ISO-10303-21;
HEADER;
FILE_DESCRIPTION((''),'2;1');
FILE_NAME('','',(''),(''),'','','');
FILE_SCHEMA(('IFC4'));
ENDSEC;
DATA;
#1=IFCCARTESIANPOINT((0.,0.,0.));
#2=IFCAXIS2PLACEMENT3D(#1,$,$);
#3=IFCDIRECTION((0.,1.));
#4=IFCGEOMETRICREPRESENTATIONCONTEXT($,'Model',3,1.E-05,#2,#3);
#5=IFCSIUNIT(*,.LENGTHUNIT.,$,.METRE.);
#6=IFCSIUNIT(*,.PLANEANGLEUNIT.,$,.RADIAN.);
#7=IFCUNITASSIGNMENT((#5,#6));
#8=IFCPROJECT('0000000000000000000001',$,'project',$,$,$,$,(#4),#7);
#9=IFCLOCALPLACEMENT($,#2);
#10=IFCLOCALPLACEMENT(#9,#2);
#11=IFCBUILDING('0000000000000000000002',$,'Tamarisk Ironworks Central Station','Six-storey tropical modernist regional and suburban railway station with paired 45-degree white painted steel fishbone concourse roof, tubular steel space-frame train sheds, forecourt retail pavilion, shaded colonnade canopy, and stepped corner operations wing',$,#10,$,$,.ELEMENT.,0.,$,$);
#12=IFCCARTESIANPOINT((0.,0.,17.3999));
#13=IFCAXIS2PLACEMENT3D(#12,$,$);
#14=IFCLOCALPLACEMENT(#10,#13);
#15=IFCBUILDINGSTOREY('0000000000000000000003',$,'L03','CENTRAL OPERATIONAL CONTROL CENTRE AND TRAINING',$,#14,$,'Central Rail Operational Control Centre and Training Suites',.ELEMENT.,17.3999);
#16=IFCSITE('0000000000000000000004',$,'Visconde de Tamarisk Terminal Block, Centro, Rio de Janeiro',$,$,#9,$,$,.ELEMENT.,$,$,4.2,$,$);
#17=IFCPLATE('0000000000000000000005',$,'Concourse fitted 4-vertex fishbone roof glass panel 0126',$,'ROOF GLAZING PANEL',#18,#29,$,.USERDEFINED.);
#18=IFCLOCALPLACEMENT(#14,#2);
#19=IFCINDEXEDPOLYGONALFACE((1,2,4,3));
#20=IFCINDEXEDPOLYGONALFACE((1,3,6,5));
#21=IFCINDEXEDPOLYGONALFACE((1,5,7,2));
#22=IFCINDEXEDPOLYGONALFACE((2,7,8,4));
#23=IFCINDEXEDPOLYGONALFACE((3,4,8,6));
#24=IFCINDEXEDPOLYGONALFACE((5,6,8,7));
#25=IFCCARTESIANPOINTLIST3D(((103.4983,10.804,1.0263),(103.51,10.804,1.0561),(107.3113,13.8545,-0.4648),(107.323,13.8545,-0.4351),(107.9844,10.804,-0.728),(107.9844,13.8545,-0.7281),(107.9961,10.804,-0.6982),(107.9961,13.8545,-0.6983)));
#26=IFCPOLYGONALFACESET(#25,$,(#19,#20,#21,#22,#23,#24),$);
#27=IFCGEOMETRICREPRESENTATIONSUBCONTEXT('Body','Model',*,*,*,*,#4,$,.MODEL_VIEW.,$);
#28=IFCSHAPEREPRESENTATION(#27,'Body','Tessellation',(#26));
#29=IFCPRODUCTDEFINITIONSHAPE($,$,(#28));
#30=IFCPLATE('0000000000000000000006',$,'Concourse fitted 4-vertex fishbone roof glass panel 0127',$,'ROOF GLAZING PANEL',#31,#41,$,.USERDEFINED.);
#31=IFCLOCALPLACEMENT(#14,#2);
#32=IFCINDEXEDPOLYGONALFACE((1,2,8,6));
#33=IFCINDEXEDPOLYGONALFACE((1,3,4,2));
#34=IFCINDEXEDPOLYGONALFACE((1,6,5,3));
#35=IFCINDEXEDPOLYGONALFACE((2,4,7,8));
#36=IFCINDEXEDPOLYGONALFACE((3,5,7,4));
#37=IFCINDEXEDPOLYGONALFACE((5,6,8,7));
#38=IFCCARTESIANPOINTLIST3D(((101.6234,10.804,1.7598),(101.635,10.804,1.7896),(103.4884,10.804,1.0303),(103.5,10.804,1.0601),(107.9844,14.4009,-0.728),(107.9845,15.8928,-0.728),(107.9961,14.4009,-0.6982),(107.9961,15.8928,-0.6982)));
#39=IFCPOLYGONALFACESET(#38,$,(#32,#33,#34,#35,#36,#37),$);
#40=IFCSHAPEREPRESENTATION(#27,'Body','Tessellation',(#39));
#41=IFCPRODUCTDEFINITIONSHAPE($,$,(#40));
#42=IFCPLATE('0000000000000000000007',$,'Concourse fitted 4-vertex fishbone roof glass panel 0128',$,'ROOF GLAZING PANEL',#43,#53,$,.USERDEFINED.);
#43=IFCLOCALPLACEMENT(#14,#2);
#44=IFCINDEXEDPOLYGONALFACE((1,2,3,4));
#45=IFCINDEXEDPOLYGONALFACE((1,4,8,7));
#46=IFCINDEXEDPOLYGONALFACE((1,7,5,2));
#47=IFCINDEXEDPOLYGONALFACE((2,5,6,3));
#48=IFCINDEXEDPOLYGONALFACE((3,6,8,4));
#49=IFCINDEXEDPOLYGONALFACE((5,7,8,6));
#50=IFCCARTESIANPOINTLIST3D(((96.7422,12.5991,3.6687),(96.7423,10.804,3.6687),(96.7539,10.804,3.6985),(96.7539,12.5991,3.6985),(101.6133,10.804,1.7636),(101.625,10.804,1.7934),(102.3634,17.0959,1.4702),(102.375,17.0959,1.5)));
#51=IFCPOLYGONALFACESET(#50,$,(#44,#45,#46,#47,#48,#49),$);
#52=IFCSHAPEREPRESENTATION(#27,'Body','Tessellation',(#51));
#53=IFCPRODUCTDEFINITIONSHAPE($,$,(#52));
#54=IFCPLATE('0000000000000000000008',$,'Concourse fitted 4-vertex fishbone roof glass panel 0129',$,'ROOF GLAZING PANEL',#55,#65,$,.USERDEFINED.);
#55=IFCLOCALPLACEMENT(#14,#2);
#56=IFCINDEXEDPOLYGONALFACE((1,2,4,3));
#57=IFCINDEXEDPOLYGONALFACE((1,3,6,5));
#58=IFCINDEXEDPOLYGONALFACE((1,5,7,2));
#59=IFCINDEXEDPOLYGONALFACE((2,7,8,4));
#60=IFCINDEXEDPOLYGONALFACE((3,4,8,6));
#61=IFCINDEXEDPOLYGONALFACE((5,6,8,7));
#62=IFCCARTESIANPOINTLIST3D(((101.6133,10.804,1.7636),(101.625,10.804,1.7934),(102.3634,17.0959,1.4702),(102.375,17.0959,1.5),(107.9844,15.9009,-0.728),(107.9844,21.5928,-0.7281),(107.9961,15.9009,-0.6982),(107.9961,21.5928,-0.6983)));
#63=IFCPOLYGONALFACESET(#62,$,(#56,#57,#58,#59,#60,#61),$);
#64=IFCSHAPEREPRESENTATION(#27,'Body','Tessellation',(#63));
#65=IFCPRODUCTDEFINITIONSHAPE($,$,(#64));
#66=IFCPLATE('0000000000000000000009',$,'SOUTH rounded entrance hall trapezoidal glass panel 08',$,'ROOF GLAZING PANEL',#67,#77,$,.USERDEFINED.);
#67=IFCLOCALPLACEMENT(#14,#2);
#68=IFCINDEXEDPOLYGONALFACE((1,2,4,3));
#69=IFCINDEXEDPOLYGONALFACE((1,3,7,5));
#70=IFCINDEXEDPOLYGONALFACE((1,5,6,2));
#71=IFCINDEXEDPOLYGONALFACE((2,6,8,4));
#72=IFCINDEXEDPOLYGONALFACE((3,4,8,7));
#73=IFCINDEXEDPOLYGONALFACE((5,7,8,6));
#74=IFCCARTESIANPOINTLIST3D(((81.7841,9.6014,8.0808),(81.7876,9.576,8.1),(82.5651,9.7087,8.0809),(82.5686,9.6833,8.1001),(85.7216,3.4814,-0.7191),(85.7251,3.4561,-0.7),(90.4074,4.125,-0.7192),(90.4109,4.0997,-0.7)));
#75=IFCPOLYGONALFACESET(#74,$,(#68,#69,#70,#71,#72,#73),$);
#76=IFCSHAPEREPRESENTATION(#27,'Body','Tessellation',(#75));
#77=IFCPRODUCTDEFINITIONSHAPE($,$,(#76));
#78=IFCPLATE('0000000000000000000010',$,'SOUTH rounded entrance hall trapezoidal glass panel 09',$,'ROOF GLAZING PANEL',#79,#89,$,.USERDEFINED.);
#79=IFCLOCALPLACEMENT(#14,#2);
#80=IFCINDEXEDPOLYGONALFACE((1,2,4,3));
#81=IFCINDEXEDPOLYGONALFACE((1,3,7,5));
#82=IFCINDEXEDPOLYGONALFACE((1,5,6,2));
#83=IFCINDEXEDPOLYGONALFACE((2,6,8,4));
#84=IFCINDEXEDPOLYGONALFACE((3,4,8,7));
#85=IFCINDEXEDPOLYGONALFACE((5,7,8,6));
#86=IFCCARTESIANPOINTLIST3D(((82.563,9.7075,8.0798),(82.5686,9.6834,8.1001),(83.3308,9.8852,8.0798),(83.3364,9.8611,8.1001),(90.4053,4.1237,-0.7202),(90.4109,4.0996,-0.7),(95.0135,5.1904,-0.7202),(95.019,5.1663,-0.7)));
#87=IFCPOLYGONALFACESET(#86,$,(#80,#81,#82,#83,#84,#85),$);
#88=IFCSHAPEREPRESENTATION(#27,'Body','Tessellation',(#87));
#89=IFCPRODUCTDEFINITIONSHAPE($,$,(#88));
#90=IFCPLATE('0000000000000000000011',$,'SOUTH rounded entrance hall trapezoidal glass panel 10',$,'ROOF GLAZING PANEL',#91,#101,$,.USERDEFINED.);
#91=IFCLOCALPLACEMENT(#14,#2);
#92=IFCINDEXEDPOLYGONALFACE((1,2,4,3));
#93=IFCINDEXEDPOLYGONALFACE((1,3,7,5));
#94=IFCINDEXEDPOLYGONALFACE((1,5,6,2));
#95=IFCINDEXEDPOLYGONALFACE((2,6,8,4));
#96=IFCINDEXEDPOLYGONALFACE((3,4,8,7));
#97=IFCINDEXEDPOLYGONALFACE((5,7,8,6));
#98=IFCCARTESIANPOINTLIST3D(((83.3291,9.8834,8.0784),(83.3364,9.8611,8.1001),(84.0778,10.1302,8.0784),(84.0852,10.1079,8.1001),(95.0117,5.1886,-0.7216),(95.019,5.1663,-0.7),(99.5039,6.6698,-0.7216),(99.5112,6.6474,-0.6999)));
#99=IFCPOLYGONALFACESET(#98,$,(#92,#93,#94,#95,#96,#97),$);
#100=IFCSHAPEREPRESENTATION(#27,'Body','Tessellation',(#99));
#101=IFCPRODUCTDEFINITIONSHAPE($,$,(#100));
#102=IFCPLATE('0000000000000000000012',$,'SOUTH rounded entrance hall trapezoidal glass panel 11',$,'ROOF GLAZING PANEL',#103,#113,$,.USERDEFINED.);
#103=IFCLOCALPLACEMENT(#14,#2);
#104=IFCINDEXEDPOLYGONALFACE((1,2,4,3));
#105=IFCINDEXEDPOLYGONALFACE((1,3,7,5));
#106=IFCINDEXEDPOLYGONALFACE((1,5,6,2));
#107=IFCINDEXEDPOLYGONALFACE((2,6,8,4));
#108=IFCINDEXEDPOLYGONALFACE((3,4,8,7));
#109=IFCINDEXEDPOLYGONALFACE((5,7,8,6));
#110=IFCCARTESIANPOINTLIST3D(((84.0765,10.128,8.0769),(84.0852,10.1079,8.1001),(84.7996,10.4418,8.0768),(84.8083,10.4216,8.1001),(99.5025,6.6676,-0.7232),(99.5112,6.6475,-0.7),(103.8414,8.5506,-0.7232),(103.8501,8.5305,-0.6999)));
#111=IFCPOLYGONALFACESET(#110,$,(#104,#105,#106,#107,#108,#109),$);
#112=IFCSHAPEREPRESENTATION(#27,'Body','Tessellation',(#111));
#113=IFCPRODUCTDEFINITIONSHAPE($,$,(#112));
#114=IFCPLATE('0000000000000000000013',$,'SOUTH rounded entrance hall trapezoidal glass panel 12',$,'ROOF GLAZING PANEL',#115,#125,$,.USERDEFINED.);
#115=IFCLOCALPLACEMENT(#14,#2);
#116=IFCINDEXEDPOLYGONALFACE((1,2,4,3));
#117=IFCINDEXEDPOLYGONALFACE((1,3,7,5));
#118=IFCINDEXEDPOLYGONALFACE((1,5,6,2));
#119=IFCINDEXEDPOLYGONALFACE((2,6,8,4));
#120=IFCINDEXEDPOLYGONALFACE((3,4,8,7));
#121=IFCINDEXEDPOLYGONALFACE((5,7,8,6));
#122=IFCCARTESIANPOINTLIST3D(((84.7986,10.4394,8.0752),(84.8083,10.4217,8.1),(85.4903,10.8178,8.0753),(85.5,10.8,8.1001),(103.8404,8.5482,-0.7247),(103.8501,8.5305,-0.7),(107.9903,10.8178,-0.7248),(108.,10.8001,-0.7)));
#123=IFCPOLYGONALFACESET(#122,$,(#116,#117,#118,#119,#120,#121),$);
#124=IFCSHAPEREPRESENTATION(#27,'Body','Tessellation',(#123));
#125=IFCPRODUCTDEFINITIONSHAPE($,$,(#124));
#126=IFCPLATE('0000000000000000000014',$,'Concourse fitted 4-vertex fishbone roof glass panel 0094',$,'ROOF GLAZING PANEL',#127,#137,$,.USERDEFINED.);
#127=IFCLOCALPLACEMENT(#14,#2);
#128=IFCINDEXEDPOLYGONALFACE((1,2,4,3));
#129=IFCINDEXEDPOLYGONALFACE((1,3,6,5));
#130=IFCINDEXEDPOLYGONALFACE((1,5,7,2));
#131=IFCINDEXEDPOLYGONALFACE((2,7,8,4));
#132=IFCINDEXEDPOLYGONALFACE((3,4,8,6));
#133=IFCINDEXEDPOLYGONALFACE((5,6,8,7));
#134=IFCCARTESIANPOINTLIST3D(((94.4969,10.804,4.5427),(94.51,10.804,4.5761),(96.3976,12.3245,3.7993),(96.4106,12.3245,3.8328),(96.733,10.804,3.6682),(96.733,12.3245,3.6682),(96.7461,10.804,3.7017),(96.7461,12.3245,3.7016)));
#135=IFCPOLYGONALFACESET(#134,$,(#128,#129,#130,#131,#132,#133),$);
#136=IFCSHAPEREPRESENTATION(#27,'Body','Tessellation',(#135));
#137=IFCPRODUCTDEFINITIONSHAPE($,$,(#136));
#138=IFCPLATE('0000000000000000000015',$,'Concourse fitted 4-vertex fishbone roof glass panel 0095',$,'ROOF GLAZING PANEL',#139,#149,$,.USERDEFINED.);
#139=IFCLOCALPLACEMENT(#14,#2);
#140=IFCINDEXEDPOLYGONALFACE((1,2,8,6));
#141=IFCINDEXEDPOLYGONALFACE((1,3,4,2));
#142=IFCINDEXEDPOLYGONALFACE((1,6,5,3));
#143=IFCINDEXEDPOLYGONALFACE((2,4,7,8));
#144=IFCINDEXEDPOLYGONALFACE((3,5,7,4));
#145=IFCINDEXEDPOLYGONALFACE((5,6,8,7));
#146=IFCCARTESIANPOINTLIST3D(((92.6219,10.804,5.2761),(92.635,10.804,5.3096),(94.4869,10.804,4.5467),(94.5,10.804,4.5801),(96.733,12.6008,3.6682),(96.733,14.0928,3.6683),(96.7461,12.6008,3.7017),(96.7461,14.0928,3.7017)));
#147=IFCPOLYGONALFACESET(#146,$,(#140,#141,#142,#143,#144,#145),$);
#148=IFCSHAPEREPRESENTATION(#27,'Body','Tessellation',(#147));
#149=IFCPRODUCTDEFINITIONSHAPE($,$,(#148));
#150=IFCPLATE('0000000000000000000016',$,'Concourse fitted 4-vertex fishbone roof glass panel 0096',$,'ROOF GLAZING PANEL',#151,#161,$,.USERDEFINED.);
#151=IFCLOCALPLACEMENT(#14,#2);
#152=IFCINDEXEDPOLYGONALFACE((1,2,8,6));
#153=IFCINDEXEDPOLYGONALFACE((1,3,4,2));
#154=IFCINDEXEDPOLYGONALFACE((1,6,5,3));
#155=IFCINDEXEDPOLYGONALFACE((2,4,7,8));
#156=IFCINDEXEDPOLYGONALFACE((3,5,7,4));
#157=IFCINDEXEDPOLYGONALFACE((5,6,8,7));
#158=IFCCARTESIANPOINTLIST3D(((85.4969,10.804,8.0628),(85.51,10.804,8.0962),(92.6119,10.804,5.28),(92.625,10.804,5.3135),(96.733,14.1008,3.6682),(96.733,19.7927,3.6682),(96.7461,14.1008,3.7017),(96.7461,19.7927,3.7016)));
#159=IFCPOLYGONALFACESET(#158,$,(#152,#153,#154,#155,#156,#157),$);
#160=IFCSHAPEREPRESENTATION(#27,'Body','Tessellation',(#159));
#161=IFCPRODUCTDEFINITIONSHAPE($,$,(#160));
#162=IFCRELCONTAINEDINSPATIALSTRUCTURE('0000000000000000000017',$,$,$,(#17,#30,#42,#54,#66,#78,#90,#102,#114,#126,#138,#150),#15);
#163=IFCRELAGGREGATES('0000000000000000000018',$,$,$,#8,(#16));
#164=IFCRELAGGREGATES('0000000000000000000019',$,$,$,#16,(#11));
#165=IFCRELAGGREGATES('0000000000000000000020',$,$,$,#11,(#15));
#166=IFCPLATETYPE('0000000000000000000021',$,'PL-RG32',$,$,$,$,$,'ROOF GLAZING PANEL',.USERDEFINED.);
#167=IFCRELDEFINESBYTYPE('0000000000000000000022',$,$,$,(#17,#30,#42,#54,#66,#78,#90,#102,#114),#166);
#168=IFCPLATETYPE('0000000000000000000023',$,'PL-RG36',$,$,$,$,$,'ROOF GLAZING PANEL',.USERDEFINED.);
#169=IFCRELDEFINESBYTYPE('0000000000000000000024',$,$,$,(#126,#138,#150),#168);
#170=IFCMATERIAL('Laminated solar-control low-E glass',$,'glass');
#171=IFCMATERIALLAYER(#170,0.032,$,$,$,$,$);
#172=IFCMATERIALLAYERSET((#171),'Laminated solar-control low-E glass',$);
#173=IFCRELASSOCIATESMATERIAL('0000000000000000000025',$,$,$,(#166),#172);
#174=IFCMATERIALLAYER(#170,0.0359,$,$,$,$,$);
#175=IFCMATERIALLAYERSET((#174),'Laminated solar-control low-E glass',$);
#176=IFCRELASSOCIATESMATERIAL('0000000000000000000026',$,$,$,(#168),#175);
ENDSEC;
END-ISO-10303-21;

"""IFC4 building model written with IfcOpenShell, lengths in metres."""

from ifc_helpers import new_model, si_unit, direction, frame, origin, place, context, subcontext, project, spatial, polyline, outline, extrude, material, layer, layer_set, type_object, element, save


model = new_model("IFC4")

# Units and contexts
model_context = context("Model", 3, precision=1e-05, world=origin(), true_north=direction((0.0, 1.0)))
body_context = subcontext(model_context, "Body", "Model", "MODEL_VIEW")
ifc_project = project(units=[si_unit("LENGTHUNIT", "METRE"), si_unit("PLANEANGLEUNIT", "RADIAN")], contexts=[model_context])

# Site, building, storey
site_placement = place(None, origin())
site = spatial("IfcSite", under=ifc_project, at=site_placement, Name="Visconde de Tamarisk Terminal Block, Centro, Rio de Janeiro", CompositionType="ELEMENT", RefElevation=4.2)
building_placement = place(site_placement, origin())
building = spatial("IfcBuilding", under=site, at=building_placement, Name="Tamarisk Ironworks Central Station", Description="Six-storey tropical modernist regional and suburban railway station with paired 45-degree white painted steel fishbone concourse roof, tubular steel space-frame train sheds, forecourt retail pavilion, shaded colonnade canopy, and stepped corner operations wing", CompositionType="ELEMENT", ElevationOfRefHeight=0.0)
storey_placement = place(building_placement, frame((0.0, 0.0, 17.3999)))
storey = spatial("IfcBuildingStorey", under=building, at=storey_placement, Name="L03", Description="CENTRAL OPERATIONAL CONTROL CENTRE AND TRAINING", LongName="Central Rail Operational Control Centre and Training Suites", CompositionType="ELEMENT", Elevation=17.3999)

# Plates
ifc_material_1 = material(Name="Laminated solar-control low-E glass", Category="glass")
ifc_layer_1 = layer(ifc_material_1, 0.032)
ifc_layer_set_1 = layer_set([ifc_layer_1], Name="Laminated solar-control low-E glass")
plate_type_1 = type_object("IfcPlateType", Name="PL-RG32", ElementType="ROOF GLAZING PANEL", PredefinedType="USERDEFINED", material=ifc_layer_set_1)
plate_1_placement = place(storey_placement, frame((107.323, 13.8545, -0.4351), z_axis=(0.364207, 0.000013, 0.931318), x_axis=(-0.74681, -0.597475, 0.29206)))
element("IfcPlate", 1, at=plate_1_placement, inside=storey, type_object=plate_type_1, Name="Concourse fitted 4-vertex fishbone roof glass panel 0126", ObjectType="ROOF GLAZING PANEL", PredefinedType="USERDEFINED", context=body_context, shape_type="SweptSolid", body=[
    extrude(outline(polyline([(0.0, 0.0), (5.1057, 0.0), (1.2431, 2.878), (-0.5795, 0.4318), (0.0, 0.0)])), origin(), (0.0, 0.0, -1.0), 0.032),
])
plate_2_placement = place(storey_placement, frame((107.9961, 14.4009, -0.6982), z_axis=(0.364249, -0.000037, 0.931302), x_axis=(0.000014, 1.0, 0.000035)))
element("IfcPlate", 2, at=plate_2_placement, inside=storey, type_object=plate_type_1, Name="Concourse fitted 4-vertex fishbone roof glass panel 0127", ObjectType="ROOF GLAZING PANEL", PredefinedType="USERDEFINED", context=body_context, shape_type="SweptSolid", body=[
    extrude(outline(polyline([(0.0, 0.0), (1.4919, 0.0), (-3.5969, 6.8303), (-3.5969, 4.8277), (0.0, 0.0)])), origin(), (0.0, 0.0, -1.0), 0.032),
])
plate_3_placement = place(storey_placement, frame((102.375, 17.0959, 1.5), z_axis=(0.36423, 0.000016, 0.931309), x_axis=(-0.74682, -0.597448, 0.292087)))
element("IfcPlate", 3, at=plate_3_placement, inside=storey, type_object=plate_type_1, Name="Concourse fitted 4-vertex fishbone roof glass panel 0128", ObjectType="ROOF GLAZING PANEL", PredefinedType="USERDEFINED", context=body_context, shape_type="SweptSolid", body=[
    extrude(outline(polyline([(0.0, 0.0), (7.5267, 0.0), (8.5992, 1.4396), (4.405, 4.5644), (0.0, 0.0)])), origin(), (0.0, 0.0, -1.0), 0.032),
])
plate_4_placement = place(storey_placement, frame((107.9961, 15.9009, -0.6982), z_axis=(0.364212, 0.000012, 0.931316), x_axis=(-0.000004, 1.0, -0.000011)))
element("IfcPlate", 4, at=plate_4_placement, inside=storey, type_object=plate_type_1, Name="Concourse fitted 4-vertex fishbone roof glass panel 0129", ObjectType="ROOF GLAZING PANEL", PredefinedType="USERDEFINED", context=body_context, shape_type="SweptSolid", body=[
    extrude(outline(polyline([(0.0, 0.0), (5.6919, 0.0), (1.1951, 6.0356), (-5.0969, 6.841), (0.0, 0.0)])), origin(), (0.0, 0.0, -1.0), 0.032),
])
plate_5_placement = place(storey_placement, frame((85.7251, 3.4561, -0.7), z_axis=(0.10888, -0.792605, 0.599936), x_axis=(0.990698, 0.136082, -0.000014)))
element("IfcPlate", 5, at=plate_5_placement, inside=storey, type_object=plate_type_1, Name="SOUTH rounded entrance hall trapezoidal glass panel 08", ObjectType="ROOF GLAZING PANEL", PredefinedType="USERDEFINED", context=body_context, shape_type="SweptSolid", body=[
    extrude(outline(polyline([(0.0, 0.0), (4.7298, 0.0), (-2.2798, 10.9994), (-3.0682, 10.9993), (0.0, 0.0)])), origin(), (0.0, 0.0, -1.0), 0.032),
])
plate_6_placement = place(storey_placement, frame((90.4109, 4.0996, -0.7), z_axis=(0.174453, -0.753669, 0.633679), x_axis=(0.974241, 0.225508, -0.000001)))
element("IfcPlate", 6, at=plate_6_placement, inside=storey, type_object=plate_type_1, Name="SOUTH rounded entrance hall trapezoidal glass panel 09", ObjectType="ROOF GLAZING PANEL", PredefinedType="USERDEFINED", context=body_context, shape_type="SweptSolid", body=[
    extrude(outline(polyline([(0.0, 0.0), (4.73, 0.0), (-5.593, 11.3755), (-6.3811, 11.3755), (0.0, 0.0)])), origin(), (0.0, 0.0, -1.0), 0.032),
])
plate_7_placement = place(storey_placement, frame((95.019, 5.1663, -0.7), z_axis=(0.230173, -0.698096, 0.677999), x_axis=(0.949707, 0.313139, 0.000006)))
element("IfcPlate", 7, at=plate_7_placement, inside=storey, type_object=plate_type_1, Name="SOUTH rounded entrance hall trapezoidal glass panel 10", ObjectType="ROOF GLAZING PANEL", PredefinedType="USERDEFINED", context=body_context, shape_type="SweptSolid", body=[
    extrude(outline(polyline([(0.0, 0.0), (4.7301, 0.0), (-8.8365, 11.9719), (-9.6249, 11.9719), (0.0, 0.0)])), origin(), (0.0, 0.0, -1.0), 0.032),
])
plate_8_placement = place(storey_placement, frame((99.5112, 6.6475, -0.7), z_axis=(0.273381, -0.629949, 0.72693), x_axis=(0.917337, 0.398111, 0.00001)))
element("IfcPlate", 8, at=plate_8_placement, inside=storey, type_object=plate_type_1, Name="SOUTH rounded entrance hall trapezoidal glass panel 11", ObjectType="ROOF GLAZING PANEL", PredefinedType="USERDEFINED", context=body_context, shape_type="SweptSolid", body=[
    extrude(outline(polyline([(0.0, 0.0), (4.7299, 0.0), (-11.9849, 12.8149), (-12.7731, 12.815), (0.0, 0.0)])), origin(), (0.0, 0.0, -1.0), 0.032),
])
plate_9_placement = place(storey_placement, frame((103.8501, 8.5305, -0.7), z_axis=(0.303167, -0.554315, 0.775129), x_axis=(0.877361, 0.47983, -0.000013)))
element("IfcPlate", 9, at=plate_9_placement, inside=storey, type_object=plate_type_1, Name="SOUTH rounded entrance hall trapezoidal glass panel 12", ObjectType="ROOF GLAZING PANEL", PredefinedType="USERDEFINED", context=body_context, shape_type="SweptSolid", body=[
    extrude(outline(polyline([(0.0, 0.0), (4.73, 0.0), (-15.0108, 13.9282), (-15.7992, 13.9281), (0.0, 0.0)])), origin(), (0.0, 0.0, -1.0), 0.032),
])
ifc_layer_2 = layer(ifc_material_1, 0.0359)
ifc_layer_set_2 = layer_set([ifc_layer_2], Name="Laminated solar-control low-E glass")
plate_type_2 = type_object("IfcPlateType", Name="PL-RG36", ElementType="ROOF GLAZING PANEL", PredefinedType="USERDEFINED", material=ifc_layer_set_2)
plate_10_placement = place(storey_placement, frame((96.4106, 12.3245, 3.8328), z_axis=(0.364199, 0.000047, 0.931321), x_axis=(-0.746822, -0.59745, 0.29208)))
element("IfcPlate", 10, at=plate_10_placement, inside=storey, type_object=plate_type_2, Name="Concourse fitted 4-vertex fishbone roof glass panel 0094", ObjectType="ROOF GLAZING PANEL", PredefinedType="USERDEFINED", context=body_context, shape_type="SweptSolid", body=[
    extrude(outline(polyline([(0.0, 0.0), (2.545, 0.0), (0.6196, 1.4345), (-0.2888, 0.2152), (0.0, 0.0)])), origin(), (0.0, 0.0, -1.0), 0.0359),
])
plate_11_placement = place(storey_placement, frame((96.7461, 12.6008, 3.7017), z_axis=(0.364257, -0.000026, 0.931298), x_axis=(0.00001, 1.0, 0.000024)))
element("IfcPlate", 11, at=plate_11_placement, inside=storey, type_object=plate_type_2, Name="Concourse fitted 4-vertex fishbone roof glass panel 0095", ObjectType="ROOF GLAZING PANEL", PredefinedType="USERDEFINED", context=body_context, shape_type="SweptSolid", body=[
    extrude(outline(polyline([(0.0, 0.0), (1.4919, 0.0), (-1.7969, 4.4143), (-1.7969, 2.4118), (0.0, 0.0)])), origin(), (0.0, 0.0, -1.0), 0.0359),
])
plate_12_placement = place(storey_placement, frame((96.7461, 14.1008, 3.7017), z_axis=(0.364241, 0.000002, 0.931305), x_axis=(-0.000001, 1.0, -0.000002)))
element("IfcPlate", 12, at=plate_12_placement, inside=storey, type_object=plate_type_2, Name="Concourse fitted 4-vertex fishbone roof glass panel 0096", ObjectType="ROOF GLAZING PANEL", PredefinedType="USERDEFINED", context=body_context, shape_type="SweptSolid", body=[
    extrude(outline(polyline([(0.0, 0.0), (5.6919, 0.0), (-3.2969, 12.0649), (-3.2969, 4.4251), (0.0, 0.0)])), origin(), (0.0, 0.0, -1.0), 0.0359),
])

save(model, "model.ifc")
